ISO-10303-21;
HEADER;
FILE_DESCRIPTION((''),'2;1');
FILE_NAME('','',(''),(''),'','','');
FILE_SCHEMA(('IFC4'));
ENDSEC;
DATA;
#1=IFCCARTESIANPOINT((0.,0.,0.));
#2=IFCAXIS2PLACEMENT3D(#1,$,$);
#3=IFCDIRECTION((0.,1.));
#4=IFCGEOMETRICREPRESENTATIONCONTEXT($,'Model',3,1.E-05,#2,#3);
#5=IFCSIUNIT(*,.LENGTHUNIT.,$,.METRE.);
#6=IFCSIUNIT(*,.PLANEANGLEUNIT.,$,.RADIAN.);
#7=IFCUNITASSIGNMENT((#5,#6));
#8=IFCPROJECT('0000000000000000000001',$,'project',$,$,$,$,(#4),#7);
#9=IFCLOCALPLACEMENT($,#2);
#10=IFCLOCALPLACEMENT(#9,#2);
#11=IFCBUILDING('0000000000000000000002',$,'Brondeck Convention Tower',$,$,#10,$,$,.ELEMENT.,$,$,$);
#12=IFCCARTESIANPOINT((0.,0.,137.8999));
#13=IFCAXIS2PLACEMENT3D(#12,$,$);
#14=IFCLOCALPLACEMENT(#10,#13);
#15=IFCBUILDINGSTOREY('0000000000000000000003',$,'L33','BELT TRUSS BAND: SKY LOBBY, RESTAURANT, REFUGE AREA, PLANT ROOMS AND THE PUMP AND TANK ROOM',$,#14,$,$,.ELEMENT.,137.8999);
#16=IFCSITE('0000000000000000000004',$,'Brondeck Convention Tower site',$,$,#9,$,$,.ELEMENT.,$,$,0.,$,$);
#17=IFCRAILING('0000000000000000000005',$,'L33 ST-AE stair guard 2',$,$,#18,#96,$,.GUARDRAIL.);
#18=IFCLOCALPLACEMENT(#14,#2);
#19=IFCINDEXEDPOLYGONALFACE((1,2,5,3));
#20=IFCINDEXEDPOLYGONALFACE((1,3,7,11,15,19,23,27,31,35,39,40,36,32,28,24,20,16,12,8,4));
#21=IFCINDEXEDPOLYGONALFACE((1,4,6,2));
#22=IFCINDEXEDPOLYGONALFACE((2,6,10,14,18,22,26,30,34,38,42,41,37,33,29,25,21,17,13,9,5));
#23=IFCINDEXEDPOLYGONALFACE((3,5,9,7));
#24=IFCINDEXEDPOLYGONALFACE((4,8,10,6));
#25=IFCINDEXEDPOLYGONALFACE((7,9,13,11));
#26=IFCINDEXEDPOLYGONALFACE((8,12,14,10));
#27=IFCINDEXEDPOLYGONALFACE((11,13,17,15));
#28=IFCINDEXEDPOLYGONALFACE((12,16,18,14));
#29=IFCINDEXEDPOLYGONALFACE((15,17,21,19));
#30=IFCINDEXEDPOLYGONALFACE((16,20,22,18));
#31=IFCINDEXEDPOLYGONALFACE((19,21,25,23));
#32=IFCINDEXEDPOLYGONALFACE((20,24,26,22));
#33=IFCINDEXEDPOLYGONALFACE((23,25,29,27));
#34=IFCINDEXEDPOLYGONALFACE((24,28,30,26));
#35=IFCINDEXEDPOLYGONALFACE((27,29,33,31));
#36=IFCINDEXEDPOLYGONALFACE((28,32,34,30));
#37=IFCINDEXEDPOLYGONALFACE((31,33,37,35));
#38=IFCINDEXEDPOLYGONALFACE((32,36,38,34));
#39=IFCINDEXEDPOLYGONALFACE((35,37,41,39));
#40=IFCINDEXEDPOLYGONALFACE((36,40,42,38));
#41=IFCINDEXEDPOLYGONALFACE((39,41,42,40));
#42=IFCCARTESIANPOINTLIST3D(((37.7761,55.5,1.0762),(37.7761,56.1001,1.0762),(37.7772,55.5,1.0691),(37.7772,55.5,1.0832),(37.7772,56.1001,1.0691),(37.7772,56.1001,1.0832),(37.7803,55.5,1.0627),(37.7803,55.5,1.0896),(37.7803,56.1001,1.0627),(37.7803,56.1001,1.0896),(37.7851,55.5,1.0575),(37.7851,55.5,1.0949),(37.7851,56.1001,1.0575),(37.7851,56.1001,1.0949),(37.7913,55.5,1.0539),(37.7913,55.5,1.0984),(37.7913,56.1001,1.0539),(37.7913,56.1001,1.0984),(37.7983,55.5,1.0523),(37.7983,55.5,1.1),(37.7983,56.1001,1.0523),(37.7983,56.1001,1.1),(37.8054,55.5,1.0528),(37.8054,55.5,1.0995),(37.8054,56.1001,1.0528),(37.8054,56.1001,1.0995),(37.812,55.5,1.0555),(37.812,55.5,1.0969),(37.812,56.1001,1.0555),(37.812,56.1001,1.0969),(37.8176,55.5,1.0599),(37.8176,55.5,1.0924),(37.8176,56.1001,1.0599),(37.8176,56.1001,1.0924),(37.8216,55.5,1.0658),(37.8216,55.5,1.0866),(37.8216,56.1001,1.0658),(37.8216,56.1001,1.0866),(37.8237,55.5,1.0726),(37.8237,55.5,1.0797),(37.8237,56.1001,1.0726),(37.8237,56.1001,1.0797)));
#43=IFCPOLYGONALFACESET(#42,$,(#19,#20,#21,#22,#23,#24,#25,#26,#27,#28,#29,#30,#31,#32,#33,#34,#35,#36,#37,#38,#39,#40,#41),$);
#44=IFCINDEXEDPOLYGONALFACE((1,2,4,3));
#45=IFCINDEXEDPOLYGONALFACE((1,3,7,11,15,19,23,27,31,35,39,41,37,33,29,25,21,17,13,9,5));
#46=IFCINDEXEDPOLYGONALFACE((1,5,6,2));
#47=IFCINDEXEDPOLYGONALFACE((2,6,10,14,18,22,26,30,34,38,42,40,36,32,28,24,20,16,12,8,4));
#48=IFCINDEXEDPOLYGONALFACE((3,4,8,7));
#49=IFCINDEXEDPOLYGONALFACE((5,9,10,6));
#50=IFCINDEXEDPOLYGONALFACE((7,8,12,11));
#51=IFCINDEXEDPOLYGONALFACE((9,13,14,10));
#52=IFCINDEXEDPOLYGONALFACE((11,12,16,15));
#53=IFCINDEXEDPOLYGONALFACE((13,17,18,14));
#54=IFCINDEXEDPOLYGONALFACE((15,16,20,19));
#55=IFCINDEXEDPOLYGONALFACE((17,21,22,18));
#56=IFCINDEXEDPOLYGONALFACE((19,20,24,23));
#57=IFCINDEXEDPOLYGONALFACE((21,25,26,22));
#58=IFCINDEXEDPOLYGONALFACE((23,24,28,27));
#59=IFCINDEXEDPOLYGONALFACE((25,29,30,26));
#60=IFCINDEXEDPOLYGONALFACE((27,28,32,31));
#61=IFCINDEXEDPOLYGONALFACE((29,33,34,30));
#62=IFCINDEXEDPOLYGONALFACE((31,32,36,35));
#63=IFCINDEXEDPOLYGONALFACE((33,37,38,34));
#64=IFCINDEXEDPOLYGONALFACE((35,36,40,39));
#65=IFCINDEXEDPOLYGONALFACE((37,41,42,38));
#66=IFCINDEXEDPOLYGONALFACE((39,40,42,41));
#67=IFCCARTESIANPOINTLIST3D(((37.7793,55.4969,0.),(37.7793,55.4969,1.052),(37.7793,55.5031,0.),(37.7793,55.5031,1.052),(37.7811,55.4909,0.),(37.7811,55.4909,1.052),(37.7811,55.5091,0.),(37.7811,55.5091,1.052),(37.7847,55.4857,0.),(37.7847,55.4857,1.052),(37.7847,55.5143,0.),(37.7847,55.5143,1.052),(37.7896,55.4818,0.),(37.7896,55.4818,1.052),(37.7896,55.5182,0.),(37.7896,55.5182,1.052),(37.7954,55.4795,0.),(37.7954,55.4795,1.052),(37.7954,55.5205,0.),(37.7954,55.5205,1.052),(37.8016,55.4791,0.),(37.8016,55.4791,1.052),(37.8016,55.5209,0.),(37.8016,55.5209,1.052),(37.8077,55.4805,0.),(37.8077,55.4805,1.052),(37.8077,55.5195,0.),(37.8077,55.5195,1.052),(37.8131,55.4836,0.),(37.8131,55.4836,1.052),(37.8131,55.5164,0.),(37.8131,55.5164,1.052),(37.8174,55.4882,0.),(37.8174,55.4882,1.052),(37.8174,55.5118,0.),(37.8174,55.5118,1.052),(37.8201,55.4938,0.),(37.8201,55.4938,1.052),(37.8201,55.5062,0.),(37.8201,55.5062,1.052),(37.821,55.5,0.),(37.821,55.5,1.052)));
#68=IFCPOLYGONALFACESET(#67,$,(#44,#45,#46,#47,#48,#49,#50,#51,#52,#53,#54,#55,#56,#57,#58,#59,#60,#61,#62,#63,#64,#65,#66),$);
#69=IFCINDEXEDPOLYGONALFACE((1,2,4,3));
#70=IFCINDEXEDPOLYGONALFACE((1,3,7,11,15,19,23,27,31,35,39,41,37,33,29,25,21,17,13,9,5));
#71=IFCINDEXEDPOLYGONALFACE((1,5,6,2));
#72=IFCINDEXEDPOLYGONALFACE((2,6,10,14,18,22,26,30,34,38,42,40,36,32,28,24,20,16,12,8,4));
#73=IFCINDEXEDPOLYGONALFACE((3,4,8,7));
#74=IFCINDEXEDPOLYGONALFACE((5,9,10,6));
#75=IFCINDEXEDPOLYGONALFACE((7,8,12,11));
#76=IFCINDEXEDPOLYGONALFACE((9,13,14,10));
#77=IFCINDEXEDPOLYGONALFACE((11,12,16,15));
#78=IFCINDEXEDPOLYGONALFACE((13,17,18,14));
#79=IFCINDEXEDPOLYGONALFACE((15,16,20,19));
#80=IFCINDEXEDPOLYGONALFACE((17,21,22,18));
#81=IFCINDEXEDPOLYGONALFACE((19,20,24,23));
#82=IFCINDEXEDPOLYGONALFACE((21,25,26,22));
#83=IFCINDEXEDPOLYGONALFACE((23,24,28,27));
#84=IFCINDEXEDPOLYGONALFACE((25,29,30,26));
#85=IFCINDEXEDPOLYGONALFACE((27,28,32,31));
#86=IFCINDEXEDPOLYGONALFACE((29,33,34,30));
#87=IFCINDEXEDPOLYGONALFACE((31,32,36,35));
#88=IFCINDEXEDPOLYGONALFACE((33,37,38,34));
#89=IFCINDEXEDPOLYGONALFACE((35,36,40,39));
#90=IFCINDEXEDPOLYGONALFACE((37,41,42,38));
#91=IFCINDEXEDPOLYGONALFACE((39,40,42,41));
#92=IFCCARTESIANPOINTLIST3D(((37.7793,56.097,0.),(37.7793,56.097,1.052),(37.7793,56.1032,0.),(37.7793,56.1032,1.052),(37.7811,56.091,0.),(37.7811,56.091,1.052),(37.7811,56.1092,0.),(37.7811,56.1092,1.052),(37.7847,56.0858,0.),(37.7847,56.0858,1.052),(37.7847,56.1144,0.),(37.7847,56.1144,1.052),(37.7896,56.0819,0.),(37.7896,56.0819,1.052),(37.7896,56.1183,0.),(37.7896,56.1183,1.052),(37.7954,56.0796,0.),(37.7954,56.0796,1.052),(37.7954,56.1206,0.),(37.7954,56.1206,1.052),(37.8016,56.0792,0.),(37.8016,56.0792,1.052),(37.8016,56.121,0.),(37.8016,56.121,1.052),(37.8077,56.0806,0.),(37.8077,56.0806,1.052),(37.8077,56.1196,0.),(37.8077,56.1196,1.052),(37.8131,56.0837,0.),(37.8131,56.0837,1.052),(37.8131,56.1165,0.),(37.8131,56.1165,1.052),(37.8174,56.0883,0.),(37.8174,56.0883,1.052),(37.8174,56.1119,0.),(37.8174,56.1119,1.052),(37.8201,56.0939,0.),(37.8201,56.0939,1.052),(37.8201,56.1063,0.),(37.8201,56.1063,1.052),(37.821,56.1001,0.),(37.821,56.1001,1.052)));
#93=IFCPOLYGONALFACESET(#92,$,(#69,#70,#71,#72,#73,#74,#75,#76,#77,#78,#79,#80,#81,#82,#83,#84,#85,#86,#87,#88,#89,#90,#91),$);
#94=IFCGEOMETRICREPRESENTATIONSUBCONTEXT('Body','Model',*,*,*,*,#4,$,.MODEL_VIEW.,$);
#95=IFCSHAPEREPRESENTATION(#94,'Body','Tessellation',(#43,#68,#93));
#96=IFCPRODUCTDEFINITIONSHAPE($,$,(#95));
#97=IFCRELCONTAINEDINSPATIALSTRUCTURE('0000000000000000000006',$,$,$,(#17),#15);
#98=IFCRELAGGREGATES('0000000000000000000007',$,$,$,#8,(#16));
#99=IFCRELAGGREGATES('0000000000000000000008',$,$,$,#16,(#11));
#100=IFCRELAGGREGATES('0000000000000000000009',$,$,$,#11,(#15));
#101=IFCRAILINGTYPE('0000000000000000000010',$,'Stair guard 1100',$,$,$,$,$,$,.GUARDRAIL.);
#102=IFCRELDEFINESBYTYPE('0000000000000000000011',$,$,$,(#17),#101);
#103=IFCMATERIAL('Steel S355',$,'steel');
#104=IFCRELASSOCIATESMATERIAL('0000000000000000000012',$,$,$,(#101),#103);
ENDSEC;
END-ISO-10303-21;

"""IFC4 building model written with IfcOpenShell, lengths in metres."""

from ifc_helpers import new_model, si_unit, direction, frame, origin, origin_2d, place, context, subcontext, project, spatial, circle, extrude, material, type_object, element, save


model = new_model("IFC4")

# Units and contexts
model_context = context("Model", 3, precision=1e-05, world=origin(), true_north=direction((0.0, 1.0)))
body_context = subcontext(model_context, "Body", "Model", "MODEL_VIEW")
ifc_project = project(units=[si_unit("LENGTHUNIT", "METRE"), si_unit("PLANEANGLEUNIT", "RADIAN")], contexts=[model_context])

# Site, building, storey
site_placement = place(None, origin())
site = spatial("IfcSite", under=ifc_project, at=site_placement, Name="Brondeck Convention Tower site", CompositionType="ELEMENT", RefElevation=0.0)
building_placement = place(site_placement, origin())
building = spatial("IfcBuilding", under=site, at=building_placement, Name="Brondeck Convention Tower", CompositionType="ELEMENT")
storey_placement = place(building_placement, frame((0.0, 0.0, 137.8999)))
storey = spatial("IfcBuildingStorey", under=building, at=storey_placement, Name="L33", Description="BELT TRUSS BAND: SKY LOBBY, RESTAURANT, REFUGE AREA, PLANT ROOMS AND THE PUMP AND TANK ROOM", CompositionType="ELEMENT", Elevation=137.8999)

# Shared definitions
ifc_material_1 = material(Name="Steel S355", Category="steel")

# Railing
railing_type_1 = type_object("IfcRailingType", Name="Stair guard 1100", PredefinedType="GUARDRAIL", material=ifc_material_1)
railing_1_placement = place(storey_placement, frame((37.8, 55.5, 0.0)))
element("IfcRailing", 1, at=railing_1_placement, inside=storey, type_object=railing_type_1, Name="L33 ST-AE stair guard 2", PredefinedType="GUARDRAIL", context=body_context, shape_type="SweptSolid", body=[
    extrude(circle(Radius=0.0239, at=origin_2d()), frame((0.0, 0.0, 1.0762), z_axis=(0.0, 1.0, 0.0), x_axis=(-1.0, 0.0, 0.0)), (0.0, 0.0, 1.0), 0.6001),
    extrude(circle(Radius=0.021, at=origin_2d()), origin(), (0.0, 0.0, 1.0), 1.052),
    extrude(circle(Radius=0.021, at=origin_2d()), frame((0.0, 0.6001, 0.0)), (0.0, 0.0, 1.0), 1.052),
])

save(model, "model.ifc")
